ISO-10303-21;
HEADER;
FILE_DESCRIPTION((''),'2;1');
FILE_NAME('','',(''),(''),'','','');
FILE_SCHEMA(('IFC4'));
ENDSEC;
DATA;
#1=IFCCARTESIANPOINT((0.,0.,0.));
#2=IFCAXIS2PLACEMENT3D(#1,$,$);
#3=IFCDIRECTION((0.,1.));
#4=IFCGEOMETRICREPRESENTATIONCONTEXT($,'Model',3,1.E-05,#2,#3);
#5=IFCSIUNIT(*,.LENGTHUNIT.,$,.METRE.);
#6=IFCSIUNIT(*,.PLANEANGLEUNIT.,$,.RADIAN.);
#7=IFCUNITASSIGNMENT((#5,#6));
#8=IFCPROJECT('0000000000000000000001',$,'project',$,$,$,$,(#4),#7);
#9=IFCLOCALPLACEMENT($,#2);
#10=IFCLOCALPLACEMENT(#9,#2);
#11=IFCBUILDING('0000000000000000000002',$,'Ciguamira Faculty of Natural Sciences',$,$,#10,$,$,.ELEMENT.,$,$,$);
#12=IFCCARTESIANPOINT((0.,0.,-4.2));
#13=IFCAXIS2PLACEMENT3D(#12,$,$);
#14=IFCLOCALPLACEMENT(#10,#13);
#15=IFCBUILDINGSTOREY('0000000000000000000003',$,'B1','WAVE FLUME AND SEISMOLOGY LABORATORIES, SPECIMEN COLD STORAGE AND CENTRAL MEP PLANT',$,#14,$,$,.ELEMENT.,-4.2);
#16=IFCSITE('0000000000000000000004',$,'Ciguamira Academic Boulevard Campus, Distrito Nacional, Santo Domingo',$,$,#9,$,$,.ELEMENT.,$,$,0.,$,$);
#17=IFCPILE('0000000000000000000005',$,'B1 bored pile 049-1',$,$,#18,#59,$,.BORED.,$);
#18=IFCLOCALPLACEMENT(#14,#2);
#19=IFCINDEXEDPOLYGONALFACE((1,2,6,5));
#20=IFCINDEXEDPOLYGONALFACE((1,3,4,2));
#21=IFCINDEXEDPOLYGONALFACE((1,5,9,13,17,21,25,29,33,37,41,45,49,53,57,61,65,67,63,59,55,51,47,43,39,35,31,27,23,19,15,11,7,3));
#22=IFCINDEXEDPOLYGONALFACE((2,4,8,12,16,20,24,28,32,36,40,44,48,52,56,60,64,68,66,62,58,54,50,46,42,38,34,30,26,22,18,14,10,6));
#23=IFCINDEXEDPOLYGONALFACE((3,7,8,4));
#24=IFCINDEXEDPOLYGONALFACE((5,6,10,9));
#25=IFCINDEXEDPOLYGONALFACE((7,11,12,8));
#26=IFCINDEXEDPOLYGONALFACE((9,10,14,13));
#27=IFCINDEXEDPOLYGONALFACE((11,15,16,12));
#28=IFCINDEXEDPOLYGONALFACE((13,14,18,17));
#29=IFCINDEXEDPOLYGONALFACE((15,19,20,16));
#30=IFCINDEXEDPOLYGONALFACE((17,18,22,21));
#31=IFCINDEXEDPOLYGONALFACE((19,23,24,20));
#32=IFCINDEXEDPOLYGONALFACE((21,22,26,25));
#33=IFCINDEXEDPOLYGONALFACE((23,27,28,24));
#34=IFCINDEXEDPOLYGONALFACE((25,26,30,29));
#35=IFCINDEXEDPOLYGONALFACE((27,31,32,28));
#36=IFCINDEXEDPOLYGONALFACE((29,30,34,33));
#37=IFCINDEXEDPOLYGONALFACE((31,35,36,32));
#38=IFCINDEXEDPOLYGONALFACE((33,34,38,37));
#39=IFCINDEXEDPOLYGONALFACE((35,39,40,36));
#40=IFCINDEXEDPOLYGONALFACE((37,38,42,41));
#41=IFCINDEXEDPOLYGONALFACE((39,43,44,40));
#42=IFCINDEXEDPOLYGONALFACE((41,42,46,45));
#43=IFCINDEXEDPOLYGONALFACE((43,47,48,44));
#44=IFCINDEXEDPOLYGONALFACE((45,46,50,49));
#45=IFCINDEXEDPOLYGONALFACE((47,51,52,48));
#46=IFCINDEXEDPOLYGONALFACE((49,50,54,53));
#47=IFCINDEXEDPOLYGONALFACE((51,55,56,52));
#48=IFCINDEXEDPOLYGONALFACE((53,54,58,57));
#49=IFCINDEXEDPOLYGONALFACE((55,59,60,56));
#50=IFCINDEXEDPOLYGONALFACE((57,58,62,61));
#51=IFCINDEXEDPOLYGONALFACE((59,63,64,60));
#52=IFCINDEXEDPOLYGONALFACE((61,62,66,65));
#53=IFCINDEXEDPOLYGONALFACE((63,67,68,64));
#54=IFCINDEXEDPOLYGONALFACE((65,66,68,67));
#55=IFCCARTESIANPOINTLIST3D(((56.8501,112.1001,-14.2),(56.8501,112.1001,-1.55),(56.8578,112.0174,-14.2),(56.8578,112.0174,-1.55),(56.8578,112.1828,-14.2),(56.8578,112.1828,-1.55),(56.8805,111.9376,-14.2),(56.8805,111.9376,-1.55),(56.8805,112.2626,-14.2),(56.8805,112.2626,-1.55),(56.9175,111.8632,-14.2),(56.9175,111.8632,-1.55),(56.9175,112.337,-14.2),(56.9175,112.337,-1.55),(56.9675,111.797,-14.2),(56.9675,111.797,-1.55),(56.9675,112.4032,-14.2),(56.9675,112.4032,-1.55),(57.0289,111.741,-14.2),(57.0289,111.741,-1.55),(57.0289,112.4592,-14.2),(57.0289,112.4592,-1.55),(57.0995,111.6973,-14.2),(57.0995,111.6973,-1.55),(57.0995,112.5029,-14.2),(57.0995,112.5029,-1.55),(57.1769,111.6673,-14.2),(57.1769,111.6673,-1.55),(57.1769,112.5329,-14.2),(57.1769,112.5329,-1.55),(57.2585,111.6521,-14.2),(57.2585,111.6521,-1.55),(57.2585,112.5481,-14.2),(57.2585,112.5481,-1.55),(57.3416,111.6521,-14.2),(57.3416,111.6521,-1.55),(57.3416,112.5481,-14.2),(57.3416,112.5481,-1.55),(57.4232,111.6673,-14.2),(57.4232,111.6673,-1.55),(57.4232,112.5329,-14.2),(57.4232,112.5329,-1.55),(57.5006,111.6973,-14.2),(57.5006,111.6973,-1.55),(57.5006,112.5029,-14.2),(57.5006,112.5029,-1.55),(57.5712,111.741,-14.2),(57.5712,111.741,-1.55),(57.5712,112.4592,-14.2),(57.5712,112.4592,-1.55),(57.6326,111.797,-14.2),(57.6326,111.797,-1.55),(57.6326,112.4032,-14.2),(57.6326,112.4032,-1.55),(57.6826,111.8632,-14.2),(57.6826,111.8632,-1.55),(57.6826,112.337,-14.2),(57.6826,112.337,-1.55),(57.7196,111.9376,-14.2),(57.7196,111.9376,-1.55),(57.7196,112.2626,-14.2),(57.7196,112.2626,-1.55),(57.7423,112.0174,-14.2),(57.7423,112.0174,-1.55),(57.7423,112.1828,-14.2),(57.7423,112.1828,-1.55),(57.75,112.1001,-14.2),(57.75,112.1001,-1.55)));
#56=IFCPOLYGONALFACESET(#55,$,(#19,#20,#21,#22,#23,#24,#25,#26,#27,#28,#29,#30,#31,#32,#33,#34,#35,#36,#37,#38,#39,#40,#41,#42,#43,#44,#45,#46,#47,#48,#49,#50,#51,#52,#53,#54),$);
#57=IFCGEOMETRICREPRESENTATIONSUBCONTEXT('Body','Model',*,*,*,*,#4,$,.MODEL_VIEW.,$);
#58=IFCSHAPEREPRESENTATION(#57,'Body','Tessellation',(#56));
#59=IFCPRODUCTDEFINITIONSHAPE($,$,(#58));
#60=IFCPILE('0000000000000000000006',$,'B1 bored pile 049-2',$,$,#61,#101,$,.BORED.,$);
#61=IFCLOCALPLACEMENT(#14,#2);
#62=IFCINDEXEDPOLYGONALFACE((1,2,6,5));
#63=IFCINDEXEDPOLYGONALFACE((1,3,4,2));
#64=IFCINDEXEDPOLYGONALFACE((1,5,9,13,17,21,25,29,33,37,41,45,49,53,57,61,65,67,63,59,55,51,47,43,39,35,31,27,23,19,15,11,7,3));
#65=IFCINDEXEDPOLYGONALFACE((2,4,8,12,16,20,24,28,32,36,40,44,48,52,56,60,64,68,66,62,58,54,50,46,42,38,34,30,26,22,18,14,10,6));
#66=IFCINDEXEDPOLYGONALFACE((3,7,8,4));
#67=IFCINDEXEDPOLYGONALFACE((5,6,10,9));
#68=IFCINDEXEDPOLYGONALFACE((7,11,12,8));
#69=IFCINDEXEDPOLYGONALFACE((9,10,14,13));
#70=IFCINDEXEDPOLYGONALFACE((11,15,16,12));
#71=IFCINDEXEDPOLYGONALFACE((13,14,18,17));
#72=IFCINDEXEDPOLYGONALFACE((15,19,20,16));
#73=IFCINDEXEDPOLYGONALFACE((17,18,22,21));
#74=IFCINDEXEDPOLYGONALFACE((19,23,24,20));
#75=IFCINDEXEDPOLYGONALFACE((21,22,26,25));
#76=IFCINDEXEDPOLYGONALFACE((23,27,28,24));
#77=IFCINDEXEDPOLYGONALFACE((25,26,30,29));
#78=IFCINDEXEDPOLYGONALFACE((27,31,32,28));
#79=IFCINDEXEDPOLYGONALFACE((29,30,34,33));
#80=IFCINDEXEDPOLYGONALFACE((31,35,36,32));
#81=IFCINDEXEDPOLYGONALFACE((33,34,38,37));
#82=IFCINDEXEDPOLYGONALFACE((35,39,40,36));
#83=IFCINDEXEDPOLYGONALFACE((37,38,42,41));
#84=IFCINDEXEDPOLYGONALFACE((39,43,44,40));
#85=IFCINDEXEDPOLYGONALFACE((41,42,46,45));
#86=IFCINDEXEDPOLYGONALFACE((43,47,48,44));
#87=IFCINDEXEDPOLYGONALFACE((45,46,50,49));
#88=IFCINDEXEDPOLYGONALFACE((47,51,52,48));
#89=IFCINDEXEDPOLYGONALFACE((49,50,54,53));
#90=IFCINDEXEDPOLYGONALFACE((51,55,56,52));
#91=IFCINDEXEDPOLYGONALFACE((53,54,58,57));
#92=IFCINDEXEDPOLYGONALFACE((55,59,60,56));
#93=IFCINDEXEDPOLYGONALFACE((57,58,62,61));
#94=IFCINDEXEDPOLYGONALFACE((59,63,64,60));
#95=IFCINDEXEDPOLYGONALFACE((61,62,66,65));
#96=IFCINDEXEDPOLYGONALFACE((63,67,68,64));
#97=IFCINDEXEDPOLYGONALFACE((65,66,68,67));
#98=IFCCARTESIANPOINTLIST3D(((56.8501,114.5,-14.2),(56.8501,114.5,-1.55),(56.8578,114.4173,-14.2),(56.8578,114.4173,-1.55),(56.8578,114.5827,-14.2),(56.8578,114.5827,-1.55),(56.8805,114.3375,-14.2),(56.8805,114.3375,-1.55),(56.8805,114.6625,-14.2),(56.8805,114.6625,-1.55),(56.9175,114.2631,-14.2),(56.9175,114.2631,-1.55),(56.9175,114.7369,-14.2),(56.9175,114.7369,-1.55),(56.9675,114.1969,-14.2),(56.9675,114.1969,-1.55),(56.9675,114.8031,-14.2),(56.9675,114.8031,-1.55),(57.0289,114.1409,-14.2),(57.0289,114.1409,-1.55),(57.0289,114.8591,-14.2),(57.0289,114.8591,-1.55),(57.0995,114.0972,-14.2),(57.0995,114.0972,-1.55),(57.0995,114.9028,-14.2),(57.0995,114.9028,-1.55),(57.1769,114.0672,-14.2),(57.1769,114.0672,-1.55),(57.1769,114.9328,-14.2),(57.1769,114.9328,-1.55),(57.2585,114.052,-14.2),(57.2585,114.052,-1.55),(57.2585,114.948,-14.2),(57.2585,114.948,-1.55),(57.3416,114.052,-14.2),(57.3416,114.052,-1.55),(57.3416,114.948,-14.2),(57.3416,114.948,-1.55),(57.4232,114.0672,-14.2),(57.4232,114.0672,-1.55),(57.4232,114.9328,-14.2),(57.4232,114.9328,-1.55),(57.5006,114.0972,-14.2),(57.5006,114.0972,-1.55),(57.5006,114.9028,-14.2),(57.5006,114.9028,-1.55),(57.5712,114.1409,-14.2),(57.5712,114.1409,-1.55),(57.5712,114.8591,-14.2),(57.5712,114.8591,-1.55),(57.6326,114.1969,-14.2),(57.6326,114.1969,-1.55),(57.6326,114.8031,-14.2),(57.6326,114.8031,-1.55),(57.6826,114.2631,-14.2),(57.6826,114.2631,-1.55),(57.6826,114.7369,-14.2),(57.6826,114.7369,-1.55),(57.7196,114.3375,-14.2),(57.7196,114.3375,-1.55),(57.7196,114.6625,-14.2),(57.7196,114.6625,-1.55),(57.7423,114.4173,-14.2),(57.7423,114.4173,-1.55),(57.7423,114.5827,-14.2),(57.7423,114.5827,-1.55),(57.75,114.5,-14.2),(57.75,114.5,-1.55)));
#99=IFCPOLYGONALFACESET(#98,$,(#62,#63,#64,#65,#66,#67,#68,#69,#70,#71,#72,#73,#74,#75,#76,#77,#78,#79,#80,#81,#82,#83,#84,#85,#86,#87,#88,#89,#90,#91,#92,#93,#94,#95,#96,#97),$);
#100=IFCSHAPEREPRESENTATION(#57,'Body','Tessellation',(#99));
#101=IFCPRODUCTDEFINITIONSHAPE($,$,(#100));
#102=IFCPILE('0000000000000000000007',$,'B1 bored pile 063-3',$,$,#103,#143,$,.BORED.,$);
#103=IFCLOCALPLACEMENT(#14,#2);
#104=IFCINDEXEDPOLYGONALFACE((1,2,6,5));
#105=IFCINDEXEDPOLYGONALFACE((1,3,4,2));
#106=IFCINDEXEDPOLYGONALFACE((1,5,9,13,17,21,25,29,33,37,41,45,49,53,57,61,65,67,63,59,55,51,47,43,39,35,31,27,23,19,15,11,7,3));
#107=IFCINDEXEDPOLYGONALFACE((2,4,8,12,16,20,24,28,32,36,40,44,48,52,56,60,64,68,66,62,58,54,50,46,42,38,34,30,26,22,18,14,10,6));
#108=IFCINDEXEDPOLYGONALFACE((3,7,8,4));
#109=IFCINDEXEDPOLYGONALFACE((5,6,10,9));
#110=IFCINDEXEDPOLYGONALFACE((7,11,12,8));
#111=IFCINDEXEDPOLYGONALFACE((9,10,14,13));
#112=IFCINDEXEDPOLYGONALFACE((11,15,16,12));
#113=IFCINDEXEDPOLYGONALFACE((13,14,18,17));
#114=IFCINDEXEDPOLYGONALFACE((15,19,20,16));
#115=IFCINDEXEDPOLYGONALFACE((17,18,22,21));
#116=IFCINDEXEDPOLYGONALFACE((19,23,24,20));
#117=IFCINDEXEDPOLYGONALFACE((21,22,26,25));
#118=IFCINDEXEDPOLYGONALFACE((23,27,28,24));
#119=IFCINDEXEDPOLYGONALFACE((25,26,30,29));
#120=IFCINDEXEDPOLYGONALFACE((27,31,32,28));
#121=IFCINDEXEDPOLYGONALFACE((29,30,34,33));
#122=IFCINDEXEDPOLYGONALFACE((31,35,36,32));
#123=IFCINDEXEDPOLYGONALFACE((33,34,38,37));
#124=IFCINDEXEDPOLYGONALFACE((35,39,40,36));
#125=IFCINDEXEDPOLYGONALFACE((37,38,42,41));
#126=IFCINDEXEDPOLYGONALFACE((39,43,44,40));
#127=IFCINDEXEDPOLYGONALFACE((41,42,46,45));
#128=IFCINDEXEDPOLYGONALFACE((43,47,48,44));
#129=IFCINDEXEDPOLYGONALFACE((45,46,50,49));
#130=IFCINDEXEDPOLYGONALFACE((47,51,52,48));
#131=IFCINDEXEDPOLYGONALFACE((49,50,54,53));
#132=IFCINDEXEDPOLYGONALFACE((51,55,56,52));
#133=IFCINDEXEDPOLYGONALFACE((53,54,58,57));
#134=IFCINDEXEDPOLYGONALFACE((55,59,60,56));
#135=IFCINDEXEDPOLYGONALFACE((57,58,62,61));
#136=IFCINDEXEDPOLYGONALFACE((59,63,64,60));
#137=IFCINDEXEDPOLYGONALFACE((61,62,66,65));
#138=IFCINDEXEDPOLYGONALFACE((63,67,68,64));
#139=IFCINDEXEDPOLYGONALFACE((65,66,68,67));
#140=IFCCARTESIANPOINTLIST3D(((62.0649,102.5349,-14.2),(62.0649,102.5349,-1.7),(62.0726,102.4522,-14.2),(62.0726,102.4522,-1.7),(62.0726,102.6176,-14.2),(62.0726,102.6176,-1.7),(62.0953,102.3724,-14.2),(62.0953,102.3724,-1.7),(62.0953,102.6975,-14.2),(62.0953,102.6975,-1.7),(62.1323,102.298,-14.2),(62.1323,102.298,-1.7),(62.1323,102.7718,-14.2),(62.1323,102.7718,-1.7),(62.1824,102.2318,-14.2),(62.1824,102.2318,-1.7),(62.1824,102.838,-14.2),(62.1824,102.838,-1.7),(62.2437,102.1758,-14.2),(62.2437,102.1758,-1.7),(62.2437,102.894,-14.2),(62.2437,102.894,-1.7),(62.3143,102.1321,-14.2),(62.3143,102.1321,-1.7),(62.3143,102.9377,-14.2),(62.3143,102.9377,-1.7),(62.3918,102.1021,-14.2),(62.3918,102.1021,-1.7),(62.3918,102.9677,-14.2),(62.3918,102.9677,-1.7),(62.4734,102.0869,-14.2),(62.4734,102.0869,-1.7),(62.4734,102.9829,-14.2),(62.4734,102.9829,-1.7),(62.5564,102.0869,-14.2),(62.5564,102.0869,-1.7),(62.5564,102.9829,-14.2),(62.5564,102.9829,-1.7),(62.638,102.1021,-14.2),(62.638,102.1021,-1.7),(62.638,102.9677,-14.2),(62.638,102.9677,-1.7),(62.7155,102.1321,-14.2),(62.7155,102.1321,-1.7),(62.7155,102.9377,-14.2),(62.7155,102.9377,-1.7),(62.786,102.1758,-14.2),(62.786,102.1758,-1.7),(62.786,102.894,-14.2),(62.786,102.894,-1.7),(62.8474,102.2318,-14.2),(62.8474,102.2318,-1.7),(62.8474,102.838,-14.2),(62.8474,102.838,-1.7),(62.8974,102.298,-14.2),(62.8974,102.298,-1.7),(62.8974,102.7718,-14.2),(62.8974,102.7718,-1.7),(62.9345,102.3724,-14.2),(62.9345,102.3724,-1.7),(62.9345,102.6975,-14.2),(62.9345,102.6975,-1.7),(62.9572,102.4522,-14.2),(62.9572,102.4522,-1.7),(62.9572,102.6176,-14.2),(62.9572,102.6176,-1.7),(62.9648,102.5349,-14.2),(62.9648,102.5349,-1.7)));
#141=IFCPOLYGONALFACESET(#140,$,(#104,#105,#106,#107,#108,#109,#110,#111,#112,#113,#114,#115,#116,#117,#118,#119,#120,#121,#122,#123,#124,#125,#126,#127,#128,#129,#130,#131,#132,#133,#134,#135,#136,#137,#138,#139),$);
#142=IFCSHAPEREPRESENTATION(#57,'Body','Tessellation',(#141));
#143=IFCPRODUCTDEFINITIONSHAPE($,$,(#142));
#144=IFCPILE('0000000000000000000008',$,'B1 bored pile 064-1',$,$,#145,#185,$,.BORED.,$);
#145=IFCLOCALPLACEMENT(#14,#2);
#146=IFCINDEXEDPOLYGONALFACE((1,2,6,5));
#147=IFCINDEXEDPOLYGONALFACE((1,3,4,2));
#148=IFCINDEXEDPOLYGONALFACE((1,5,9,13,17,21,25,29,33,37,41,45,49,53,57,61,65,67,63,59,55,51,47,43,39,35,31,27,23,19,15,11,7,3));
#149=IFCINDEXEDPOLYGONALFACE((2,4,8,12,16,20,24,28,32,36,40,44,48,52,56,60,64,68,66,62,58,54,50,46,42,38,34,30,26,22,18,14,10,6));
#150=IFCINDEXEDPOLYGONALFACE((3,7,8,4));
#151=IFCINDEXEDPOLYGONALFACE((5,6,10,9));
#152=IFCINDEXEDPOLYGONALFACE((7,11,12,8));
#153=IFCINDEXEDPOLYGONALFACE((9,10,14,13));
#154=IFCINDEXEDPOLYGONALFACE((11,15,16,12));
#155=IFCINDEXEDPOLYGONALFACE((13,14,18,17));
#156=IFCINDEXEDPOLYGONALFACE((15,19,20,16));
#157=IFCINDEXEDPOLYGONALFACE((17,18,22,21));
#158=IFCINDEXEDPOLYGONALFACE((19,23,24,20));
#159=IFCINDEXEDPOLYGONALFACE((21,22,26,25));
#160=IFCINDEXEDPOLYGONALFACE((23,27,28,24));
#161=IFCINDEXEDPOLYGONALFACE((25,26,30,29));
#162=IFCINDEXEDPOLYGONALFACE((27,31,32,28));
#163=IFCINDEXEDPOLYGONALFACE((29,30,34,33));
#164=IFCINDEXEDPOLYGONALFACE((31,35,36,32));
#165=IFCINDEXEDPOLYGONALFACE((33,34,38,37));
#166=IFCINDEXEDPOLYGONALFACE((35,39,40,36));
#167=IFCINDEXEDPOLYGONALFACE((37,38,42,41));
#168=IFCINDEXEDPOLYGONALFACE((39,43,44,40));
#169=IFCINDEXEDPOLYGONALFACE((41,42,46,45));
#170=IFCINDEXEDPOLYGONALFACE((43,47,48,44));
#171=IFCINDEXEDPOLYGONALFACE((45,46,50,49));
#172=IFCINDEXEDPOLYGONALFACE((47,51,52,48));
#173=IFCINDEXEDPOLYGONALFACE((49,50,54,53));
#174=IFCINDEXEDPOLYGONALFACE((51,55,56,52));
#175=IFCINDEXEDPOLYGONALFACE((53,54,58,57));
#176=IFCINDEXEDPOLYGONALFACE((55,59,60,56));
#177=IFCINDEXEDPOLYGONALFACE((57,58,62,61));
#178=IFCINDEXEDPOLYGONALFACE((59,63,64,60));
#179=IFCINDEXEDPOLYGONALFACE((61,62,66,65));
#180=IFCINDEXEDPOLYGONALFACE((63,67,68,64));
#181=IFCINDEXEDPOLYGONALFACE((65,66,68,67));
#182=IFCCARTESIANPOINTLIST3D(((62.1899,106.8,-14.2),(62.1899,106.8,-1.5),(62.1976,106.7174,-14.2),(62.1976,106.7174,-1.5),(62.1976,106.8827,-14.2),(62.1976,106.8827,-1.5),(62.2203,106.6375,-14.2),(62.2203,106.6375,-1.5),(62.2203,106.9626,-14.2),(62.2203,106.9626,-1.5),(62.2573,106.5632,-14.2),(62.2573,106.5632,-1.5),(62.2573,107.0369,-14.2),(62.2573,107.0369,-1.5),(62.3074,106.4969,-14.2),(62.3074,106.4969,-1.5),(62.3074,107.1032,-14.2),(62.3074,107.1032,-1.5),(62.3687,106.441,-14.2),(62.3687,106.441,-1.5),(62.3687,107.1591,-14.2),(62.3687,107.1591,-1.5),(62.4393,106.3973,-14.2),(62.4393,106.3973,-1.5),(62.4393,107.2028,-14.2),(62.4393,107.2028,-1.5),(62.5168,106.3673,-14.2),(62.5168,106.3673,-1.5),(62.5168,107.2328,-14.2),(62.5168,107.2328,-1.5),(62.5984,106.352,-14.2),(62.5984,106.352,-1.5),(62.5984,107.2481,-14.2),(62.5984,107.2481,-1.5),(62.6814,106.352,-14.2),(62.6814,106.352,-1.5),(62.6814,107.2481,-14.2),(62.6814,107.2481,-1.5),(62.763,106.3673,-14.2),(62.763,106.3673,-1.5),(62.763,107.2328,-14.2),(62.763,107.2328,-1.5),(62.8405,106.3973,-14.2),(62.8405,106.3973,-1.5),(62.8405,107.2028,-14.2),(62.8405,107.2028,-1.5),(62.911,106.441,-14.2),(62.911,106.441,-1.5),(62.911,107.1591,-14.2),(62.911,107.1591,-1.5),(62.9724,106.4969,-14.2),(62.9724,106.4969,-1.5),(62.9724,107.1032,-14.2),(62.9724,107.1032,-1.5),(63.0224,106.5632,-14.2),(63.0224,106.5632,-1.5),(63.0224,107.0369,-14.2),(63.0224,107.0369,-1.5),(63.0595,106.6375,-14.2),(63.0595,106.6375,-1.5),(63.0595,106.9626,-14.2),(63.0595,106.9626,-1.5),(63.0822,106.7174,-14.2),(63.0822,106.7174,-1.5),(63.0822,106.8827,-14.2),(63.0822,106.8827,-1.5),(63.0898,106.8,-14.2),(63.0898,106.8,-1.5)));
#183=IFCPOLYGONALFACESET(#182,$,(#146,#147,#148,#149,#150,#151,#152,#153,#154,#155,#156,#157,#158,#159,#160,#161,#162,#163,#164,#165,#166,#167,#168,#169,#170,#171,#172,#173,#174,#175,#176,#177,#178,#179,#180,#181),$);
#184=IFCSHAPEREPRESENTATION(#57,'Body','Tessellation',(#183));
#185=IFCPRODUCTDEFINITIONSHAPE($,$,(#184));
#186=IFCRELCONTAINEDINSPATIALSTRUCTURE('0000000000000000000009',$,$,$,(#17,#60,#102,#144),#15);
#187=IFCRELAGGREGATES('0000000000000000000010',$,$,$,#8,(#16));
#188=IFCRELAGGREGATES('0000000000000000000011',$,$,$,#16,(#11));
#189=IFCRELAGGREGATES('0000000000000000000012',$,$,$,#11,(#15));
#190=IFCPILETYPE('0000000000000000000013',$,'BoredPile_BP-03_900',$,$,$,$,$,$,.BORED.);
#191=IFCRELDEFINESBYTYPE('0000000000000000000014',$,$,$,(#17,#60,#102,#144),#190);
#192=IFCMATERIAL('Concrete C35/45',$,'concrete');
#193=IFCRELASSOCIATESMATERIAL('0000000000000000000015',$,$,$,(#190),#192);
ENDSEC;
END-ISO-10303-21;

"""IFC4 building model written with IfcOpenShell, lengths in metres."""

from ifc_helpers import new_model, si_unit, direction, frame, origin, origin_2d, place, context, subcontext, project, spatial, circle, extrude, material, material_profile, profile_set, type_object, element, save


model = new_model("IFC4")

# Units and contexts
model_context = context("Model", 3, precision=1e-05, world=origin(), true_north=direction((0.0, 1.0)))
body_context = subcontext(model_context, "Body", "Model", "MODEL_VIEW")
ifc_project = project(units=[si_unit("LENGTHUNIT", "METRE"), si_unit("PLANEANGLEUNIT", "RADIAN")], contexts=[model_context])

# Site, building, storey
site_placement = place(None, origin())
site = spatial("IfcSite", under=ifc_project, at=site_placement, Name="Ciguamira Academic Boulevard Campus, Distrito Nacional, Santo Domingo", CompositionType="ELEMENT", RefElevation=0.0)
building_placement = place(site_placement, origin())
building = spatial("IfcBuilding", under=site, at=building_placement, Name="Ciguamira Faculty of Natural Sciences", CompositionType="ELEMENT")
storey_placement = place(building_placement, frame((0.0, 0.0, -4.2)))
storey = spatial("IfcBuildingStorey", under=building, at=storey_placement, Name="B1", Description="WAVE FLUME AND SEISMOLOGY LABORATORIES, SPECIMEN COLD STORAGE AND CENTRAL MEP PLANT", CompositionType="ELEMENT", Elevation=-4.2)

# Piles
ifc_material_1 = material(Name="Concrete C35/45", Category="concrete")
ifc_material_profile_1 = material_profile(ifc_material_1, circle(Radius=0.45, at=origin_2d()), Name="PILE-BORED-900")
ifc_profile_set_1 = profile_set([ifc_material_profile_1], Name="Concrete C35/45")
pile_type = type_object("IfcPileType", Name="BoredPile_BP-03_900", PredefinedType="BORED", material=ifc_profile_set_1)
for number, where, z_axis, x_axis, name in (
    (1, (57.3, 112.1001, -1.55), (0.0, 0.0, -1.0), (1.0, 0.0, 0.0), "B1 bored pile 049-1"),
    (2, (57.3, 114.5, -1.55), (0.0, 0.0, -1.0), (1.0, 0.0, 0.0), "B1 bored pile 049-2"),
):
    element("IfcPile", number, at=place(storey_placement, frame(where, z_axis=z_axis, x_axis=x_axis)), inside=storey, type_object=pile_type, Name=name, PredefinedType="BORED", context=body_context, shape_type="SweptSolid", body=[
        extrude(circle(Radius=0.45, at=origin_2d()), origin(), (0.0, 0.0, 1.0), 12.6499),
    ])
pile_placement = place(storey_placement, frame((62.5149, 102.5349, -1.7), z_axis=(0.0, 0.0, -1.0), x_axis=(1.0, 0.0, 0.0)))
element("IfcPile", 3, at=pile_placement, inside=storey, type_object=pile_type, Name="B1 bored pile 063-3", PredefinedType="BORED", context=body_context, shape_type="SweptSolid", body=[
    extrude(circle(Radius=0.45, at=origin_2d()), origin(), (0.0, 0.0, 1.0), 12.5),
])
for number, where, z_axis, x_axis, name in (
    (4, (62.6399, 106.8, -1.5), (0.0, 0.0, -1.0), (1.0, 0.0, 0.0), "B1 bored pile 064-1"),
):
    element("IfcPile", number, at=place(storey_placement, frame(where, z_axis=z_axis, x_axis=x_axis)), inside=storey, type_object=pile_type, Name=name, PredefinedType="BORED", context=body_context, shape_type="SweptSolid", body=[
        extrude(circle(Radius=0.45, at=origin_2d()), origin(), (0.0, 0.0, 1.0), 12.7),
    ])

save(model, "model.ifc")
